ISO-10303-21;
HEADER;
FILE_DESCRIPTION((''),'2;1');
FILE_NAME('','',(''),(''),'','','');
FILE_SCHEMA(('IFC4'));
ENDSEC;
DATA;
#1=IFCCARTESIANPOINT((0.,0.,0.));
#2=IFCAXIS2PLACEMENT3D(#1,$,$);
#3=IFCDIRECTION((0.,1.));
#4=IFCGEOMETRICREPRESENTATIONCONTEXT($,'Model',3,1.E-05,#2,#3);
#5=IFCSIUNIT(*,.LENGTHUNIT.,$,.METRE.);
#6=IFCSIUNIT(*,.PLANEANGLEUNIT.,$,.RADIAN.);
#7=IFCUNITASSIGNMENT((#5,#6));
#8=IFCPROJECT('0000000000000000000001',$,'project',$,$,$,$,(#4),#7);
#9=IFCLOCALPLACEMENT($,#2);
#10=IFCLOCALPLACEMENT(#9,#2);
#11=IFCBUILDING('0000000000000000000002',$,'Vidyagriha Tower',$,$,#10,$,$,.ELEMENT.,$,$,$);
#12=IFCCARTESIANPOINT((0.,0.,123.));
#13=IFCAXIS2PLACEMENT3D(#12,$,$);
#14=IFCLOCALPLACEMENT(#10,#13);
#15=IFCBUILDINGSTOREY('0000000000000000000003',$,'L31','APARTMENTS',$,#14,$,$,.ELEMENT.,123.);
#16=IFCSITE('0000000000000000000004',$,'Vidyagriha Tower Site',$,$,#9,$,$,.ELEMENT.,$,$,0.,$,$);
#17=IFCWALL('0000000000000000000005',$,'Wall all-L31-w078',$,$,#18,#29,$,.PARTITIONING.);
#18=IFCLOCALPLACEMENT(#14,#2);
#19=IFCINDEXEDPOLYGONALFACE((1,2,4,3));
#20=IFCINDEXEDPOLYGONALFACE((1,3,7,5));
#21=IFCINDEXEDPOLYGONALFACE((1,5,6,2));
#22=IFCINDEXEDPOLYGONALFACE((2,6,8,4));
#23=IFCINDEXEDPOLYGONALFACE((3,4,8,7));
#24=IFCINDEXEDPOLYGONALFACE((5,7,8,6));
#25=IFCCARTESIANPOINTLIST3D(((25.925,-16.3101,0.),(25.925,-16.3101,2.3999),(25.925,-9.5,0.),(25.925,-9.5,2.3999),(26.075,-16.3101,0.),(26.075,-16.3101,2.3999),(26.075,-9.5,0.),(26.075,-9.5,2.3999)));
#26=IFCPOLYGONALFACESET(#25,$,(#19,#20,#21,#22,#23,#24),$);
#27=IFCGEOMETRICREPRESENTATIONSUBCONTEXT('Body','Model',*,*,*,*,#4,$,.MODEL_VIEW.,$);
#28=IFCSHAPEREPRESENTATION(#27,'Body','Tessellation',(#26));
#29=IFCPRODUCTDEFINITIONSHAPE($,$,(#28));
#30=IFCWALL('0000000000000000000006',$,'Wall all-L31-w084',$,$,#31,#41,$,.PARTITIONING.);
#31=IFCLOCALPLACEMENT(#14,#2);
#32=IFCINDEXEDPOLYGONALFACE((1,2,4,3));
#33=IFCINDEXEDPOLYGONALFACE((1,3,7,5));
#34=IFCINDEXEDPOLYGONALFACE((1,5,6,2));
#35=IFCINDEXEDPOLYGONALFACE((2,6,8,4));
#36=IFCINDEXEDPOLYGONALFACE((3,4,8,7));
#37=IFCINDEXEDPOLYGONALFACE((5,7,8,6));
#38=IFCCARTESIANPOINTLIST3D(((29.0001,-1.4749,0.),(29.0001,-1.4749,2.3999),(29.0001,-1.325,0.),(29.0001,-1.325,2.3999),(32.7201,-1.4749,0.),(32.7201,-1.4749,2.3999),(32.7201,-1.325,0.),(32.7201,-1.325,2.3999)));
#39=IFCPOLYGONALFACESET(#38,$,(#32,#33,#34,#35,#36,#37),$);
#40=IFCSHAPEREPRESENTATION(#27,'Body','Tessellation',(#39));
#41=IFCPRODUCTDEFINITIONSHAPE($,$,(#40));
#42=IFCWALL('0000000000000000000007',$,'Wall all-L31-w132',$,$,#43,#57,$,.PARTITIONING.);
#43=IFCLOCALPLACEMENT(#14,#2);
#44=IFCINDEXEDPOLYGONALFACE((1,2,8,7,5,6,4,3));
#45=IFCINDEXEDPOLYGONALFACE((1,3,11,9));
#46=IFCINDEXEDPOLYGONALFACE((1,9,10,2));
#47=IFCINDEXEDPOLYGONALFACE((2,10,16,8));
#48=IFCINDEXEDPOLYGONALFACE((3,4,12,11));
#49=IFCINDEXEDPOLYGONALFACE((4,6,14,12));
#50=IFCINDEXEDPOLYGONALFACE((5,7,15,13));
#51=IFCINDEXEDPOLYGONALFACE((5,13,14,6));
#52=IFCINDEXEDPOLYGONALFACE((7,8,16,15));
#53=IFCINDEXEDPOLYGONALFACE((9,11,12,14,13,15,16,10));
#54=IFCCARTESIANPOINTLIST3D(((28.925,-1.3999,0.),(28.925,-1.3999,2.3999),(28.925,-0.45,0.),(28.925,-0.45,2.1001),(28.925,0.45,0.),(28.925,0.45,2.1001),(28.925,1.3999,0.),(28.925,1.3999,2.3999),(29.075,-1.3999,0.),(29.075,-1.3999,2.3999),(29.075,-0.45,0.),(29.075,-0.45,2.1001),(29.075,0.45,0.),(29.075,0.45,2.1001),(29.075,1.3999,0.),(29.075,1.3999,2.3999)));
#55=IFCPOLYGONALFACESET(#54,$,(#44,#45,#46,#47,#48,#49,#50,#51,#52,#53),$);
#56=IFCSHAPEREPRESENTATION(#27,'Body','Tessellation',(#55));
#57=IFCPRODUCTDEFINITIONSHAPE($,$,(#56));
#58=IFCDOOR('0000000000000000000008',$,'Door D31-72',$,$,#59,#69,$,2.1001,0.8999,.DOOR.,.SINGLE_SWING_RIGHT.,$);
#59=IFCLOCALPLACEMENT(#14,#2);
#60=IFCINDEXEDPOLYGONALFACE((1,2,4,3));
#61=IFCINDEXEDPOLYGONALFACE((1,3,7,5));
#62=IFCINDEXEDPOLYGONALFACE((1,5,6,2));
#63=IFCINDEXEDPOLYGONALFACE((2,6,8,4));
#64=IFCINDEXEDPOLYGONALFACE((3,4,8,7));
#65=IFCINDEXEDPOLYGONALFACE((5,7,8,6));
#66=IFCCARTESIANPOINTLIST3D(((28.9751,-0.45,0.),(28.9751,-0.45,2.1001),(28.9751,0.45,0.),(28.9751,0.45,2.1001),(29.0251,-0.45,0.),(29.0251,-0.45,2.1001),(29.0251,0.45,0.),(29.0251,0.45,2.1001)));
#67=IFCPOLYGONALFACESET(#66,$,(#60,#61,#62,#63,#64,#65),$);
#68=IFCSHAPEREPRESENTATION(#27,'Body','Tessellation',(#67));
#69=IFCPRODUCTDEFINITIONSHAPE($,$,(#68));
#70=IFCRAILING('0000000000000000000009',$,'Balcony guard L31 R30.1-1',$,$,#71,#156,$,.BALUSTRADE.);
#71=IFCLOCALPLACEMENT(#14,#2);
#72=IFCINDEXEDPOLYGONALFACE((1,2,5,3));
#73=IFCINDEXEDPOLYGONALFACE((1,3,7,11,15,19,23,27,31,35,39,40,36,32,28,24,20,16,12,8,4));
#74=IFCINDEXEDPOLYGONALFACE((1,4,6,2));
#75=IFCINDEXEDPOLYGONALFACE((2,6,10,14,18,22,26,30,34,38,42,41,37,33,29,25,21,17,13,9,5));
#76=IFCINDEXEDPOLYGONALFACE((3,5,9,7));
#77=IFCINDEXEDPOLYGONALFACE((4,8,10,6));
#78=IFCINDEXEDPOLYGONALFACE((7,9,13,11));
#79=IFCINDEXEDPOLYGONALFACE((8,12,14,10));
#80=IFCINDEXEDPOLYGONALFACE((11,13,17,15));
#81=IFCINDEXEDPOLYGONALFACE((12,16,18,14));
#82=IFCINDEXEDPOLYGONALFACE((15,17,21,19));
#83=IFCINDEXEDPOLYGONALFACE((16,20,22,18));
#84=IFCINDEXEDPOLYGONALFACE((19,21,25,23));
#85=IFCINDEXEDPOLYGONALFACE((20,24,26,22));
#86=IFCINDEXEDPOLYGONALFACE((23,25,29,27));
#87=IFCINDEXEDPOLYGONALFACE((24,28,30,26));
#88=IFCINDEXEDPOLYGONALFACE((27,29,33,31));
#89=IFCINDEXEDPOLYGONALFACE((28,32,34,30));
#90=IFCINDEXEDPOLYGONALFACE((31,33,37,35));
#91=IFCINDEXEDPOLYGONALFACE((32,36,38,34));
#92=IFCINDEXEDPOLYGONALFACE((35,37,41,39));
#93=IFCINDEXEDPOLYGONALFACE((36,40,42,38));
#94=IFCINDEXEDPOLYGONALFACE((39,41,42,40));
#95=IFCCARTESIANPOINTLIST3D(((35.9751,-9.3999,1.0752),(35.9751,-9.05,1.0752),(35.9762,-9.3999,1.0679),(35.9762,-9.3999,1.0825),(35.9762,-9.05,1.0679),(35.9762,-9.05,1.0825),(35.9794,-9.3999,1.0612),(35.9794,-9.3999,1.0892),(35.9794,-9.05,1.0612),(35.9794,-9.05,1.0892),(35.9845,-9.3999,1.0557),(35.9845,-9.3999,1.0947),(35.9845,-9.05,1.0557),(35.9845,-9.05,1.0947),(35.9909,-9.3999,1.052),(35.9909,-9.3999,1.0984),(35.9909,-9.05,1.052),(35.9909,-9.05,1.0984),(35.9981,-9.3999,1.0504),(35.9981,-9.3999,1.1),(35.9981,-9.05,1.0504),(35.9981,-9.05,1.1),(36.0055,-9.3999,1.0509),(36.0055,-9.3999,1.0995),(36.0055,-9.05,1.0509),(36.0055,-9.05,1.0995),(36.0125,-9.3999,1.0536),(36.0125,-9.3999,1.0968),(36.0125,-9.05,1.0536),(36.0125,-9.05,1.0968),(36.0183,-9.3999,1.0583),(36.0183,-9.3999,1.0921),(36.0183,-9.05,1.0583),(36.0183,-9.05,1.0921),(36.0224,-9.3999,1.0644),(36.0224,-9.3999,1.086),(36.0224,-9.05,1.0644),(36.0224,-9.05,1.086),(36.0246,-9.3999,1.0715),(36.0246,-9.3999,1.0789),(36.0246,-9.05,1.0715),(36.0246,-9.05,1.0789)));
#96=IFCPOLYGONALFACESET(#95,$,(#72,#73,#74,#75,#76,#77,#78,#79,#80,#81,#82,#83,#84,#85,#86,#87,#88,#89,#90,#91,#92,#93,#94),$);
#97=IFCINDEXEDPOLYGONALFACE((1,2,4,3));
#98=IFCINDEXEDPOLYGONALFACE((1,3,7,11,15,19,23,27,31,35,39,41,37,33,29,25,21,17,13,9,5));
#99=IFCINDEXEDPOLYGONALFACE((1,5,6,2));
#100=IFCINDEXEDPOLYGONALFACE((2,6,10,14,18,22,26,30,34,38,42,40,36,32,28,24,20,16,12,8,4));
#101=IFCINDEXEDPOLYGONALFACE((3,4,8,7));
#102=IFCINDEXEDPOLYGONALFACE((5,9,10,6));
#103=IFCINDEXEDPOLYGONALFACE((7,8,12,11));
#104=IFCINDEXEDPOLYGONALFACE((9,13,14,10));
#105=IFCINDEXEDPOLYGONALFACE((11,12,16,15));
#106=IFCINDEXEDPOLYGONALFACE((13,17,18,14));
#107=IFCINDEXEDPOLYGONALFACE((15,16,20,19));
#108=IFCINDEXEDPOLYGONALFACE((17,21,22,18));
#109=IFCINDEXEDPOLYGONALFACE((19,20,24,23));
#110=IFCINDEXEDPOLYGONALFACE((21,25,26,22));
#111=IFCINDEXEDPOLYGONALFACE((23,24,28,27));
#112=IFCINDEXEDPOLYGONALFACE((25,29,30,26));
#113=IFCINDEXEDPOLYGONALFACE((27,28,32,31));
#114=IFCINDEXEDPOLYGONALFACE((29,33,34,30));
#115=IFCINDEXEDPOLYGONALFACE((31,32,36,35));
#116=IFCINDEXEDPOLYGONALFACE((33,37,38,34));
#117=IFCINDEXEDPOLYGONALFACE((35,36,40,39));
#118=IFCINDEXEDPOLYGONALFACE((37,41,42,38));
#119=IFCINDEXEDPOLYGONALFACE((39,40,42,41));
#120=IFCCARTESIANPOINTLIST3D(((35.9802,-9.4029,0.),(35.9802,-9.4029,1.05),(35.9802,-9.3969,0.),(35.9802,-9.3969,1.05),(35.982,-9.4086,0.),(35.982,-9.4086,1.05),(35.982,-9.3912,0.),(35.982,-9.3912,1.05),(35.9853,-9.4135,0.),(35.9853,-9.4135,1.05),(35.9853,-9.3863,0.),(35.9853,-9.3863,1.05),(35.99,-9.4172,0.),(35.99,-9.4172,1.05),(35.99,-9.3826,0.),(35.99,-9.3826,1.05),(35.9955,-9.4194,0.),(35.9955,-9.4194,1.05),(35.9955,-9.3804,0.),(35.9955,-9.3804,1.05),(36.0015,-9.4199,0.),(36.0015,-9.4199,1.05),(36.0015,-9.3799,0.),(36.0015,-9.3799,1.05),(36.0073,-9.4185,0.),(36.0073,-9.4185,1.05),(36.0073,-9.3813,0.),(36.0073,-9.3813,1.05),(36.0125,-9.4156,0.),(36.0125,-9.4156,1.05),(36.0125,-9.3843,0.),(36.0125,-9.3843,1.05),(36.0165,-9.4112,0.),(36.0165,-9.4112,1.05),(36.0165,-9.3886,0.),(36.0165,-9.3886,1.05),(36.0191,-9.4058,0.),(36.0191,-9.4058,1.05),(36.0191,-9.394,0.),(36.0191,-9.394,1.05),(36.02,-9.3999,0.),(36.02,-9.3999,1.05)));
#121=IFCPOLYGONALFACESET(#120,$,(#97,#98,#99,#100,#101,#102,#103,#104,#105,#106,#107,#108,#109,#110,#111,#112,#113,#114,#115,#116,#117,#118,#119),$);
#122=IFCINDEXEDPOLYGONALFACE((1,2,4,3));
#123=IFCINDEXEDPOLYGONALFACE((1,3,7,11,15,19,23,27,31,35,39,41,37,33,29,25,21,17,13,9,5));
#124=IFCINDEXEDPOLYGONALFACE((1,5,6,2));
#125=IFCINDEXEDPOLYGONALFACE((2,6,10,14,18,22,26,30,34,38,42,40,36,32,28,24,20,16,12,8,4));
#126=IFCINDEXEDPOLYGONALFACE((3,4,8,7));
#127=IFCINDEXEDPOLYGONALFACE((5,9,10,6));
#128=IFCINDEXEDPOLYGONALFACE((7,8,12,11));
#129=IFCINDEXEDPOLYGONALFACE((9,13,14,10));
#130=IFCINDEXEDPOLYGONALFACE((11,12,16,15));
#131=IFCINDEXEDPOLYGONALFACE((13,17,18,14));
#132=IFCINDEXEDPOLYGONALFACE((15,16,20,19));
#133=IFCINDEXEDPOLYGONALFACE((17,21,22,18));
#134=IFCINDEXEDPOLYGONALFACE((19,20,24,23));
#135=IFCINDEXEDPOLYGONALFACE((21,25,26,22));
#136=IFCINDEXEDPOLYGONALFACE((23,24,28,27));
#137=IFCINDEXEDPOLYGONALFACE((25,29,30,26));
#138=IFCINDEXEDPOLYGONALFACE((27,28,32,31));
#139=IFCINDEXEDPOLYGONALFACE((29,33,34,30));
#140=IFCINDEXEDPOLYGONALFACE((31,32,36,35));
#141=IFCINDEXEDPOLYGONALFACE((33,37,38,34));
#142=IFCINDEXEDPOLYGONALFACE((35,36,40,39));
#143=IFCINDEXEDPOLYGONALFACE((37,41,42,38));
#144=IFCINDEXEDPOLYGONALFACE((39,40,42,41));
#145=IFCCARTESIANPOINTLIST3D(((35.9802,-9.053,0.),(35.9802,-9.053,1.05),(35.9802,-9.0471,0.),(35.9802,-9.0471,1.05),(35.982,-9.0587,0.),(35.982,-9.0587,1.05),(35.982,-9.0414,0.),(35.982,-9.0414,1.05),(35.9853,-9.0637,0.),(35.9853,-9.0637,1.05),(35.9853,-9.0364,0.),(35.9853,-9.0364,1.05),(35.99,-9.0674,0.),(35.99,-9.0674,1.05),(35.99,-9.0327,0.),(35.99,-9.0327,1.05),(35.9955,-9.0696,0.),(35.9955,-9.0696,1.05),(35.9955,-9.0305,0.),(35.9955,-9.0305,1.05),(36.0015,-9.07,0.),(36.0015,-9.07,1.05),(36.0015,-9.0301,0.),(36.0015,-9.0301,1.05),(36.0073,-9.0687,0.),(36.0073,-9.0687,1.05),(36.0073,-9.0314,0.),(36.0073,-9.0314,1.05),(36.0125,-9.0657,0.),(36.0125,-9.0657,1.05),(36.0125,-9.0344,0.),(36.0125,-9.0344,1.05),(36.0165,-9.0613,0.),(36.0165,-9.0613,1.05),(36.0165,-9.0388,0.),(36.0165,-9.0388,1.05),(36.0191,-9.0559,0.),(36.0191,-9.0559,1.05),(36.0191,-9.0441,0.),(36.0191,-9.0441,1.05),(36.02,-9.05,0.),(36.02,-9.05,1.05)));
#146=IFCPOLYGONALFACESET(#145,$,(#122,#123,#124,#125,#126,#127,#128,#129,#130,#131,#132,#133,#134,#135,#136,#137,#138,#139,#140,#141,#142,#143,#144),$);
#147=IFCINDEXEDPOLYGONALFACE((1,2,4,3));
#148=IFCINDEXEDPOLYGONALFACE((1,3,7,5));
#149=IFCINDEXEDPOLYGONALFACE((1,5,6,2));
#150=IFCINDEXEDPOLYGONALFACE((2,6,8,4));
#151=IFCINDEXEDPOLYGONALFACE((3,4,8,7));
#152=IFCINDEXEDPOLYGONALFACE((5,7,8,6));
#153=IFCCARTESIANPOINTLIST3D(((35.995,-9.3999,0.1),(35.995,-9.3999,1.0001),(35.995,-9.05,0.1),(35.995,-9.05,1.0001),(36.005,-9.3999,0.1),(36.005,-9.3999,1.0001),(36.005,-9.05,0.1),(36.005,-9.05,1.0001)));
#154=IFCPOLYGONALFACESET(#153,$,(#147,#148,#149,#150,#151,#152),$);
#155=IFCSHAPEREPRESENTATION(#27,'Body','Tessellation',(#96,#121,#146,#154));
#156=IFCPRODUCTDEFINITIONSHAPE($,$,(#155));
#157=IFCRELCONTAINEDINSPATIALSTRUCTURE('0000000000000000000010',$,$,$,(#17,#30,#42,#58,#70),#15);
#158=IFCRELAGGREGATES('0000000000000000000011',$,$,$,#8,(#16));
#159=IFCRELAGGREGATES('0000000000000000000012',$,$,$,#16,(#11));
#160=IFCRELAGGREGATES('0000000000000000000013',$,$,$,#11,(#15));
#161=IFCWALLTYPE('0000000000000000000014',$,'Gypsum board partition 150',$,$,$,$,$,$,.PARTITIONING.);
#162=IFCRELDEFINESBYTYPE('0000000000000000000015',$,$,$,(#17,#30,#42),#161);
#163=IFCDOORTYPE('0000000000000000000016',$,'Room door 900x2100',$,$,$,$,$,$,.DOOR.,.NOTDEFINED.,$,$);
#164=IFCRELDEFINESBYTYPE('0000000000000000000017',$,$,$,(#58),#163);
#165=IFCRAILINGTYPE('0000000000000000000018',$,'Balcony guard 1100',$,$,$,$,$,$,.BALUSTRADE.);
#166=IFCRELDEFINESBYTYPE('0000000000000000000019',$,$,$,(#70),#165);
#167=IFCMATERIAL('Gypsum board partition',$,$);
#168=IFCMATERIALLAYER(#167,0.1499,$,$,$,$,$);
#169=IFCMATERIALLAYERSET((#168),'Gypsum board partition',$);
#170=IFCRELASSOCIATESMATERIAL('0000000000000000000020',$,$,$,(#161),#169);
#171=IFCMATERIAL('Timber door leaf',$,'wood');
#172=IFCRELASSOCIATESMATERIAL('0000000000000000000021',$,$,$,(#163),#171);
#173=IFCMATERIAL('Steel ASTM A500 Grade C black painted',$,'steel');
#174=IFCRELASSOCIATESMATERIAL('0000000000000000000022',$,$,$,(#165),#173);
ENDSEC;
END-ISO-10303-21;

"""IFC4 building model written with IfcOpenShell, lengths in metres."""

from ifc_helpers import new_model, si_unit, direction, frame, frame_2d, origin, origin_2d, place, context, subcontext, project, spatial, rectangle, circle, extrude, material, layer, layer_set, type_object, element, fill, save


model = new_model("IFC4")

# Units and contexts
model_context = context("Model", 3, precision=1e-05, world=origin(), true_north=direction((0.0, 1.0)))
body_context = subcontext(model_context, "Body", "Model", "MODEL_VIEW")
ifc_project = project(units=[si_unit("LENGTHUNIT", "METRE"), si_unit("PLANEANGLEUNIT", "RADIAN")], contexts=[model_context])

# Site, building, storey
site_placement = place(None, origin())
site = spatial("IfcSite", under=ifc_project, at=site_placement, Name="Vidyagriha Tower Site", CompositionType="ELEMENT", RefElevation=0.0)
building_placement = place(site_placement, origin())
building = spatial("IfcBuilding", under=site, at=building_placement, Name="Vidyagriha Tower", CompositionType="ELEMENT")
storey_placement = place(building_placement, frame((0.0, 0.0, 123.0)))
storey = spatial("IfcBuildingStorey", under=building, at=storey_placement, Name="L31", Description="APARTMENTS", CompositionType="ELEMENT", Elevation=123.0)

# Shared definitions
ifc_material_1 = material(Name="Gypsum board partition")
ifc_layer_1 = layer(ifc_material_1, 0.1499)
ifc_layer_set_1 = layer_set([ifc_layer_1], Name="Gypsum board partition")
wall_type_1 = type_object("IfcWallType", Name="Gypsum board partition 150", PredefinedType="PARTITIONING", material=ifc_layer_set_1)

# Shared definitions
ifc_material_2 = material(Name="Timber door leaf", Category="wood")
door_type_1 = type_object("IfcDoorType", Name="Room door 900x2100", OperationType="NOTDEFINED", PredefinedType="DOOR", material=ifc_material_2)

# Walls
wall_1_placement = place(storey_placement, frame((26.0, -9.5, 0.0), z_axis=(0.0, 0.0, 1.0), x_axis=(0.0, -1.0, 0.0)))
element("IfcWall", 1, at=wall_1_placement, inside=storey, type_object=wall_type_1, Name="Wall all-L31-w078", PredefinedType="PARTITIONING", context=body_context, shape_type="SweptSolid", body=[
    extrude(rectangle(XDim=6.8101, YDim=0.1499, at=frame_2d((3.405, 0.0))), origin(), (0.0, 0.0, 1.0), 2.3999),
])
wall_2_placement = place(storey_placement, frame((32.72, -1.3999, 0.0), z_axis=(0.0, 0.0, 1.0), x_axis=(-1.0, 0.0, 0.0)))
element("IfcWall", 2, at=wall_2_placement, inside=storey, type_object=wall_type_1, Name="Wall all-L31-w084", PredefinedType="PARTITIONING", context=body_context, shape_type="SweptSolid", body=[
    extrude(rectangle(XDim=3.72, YDim=0.1499, at=frame_2d((1.8599, 0.0))), origin(), (0.0, 0.0, 1.0), 2.3999),
])

# Wall, opening, door
wall_3_placement = place(storey_placement, frame((29.0, -1.3999, 0.0), z_axis=(0.0, 0.0, 1.0), x_axis=(0.0, 1.0, 0.0)))
wall_3 = element("IfcWall", 3, at=wall_3_placement, inside=storey, type_object=wall_type_1, Name="Wall all-L31-w132", PredefinedType="PARTITIONING", context=body_context, shape_type="SweptSolid", body=[
    extrude(rectangle(XDim=2.7998, YDim=0.1499, at=frame_2d((1.3999, 0.0))), origin(), (0.0, 0.0, 1.0), 2.3999),
])
opening_1_placement = place(wall_3_placement, frame((0.95, 0.0, 0.0)))
opening_1 = element("IfcOpeningElement", 4, at=opening_1_placement, cuts=wall_3, PredefinedType="OPENING", context=body_context, shape_type="SweptSolid", body=[
    extrude(rectangle(XDim=0.8999, YDim=2.1001, at=frame_2d((0.45, 1.05))), frame((0.0, 0.085, 0.0), z_axis=(0.0, -1.0, 0.0), x_axis=(1.0, 0.0, 0.0)), (0.0, 0.0, 1.0), 0.1699),
])
door_1_placement = place(opening_1_placement, origin())
door_1 = element("IfcDoor", 5, at=door_1_placement, inside=storey, type_object=door_type_1, Name="Door D31-72", OperationType="SINGLE_SWING_RIGHT", OverallHeight=2.1001, OverallWidth=0.8999, PredefinedType="DOOR", context=body_context, shape_type="SweptSolid", body=[
    extrude(rectangle(XDim=0.8999, YDim=2.1001, at=frame_2d((0.45, 1.05))), frame((0.0, 0.0249, 0.0), z_axis=(0.0, -1.0, 0.0), x_axis=(1.0, 0.0, 0.0)), (0.0, 0.0, 1.0), 0.05),
])
fill(opening_1, door_1)

# Railing
ifc_material_3 = material(Name="Steel ASTM A500 Grade C black painted", Category="steel")
railing_type = type_object("IfcRailingType", Name="Balcony guard 1100", PredefinedType="BALUSTRADE", material=ifc_material_3)
railing_1_placement = place(storey_placement, frame((36.0, -9.3999, 0.0)))
element("IfcRailing", 6, at=railing_1_placement, inside=storey, type_object=railing_type, Name="Balcony guard L31 R30.1-1", PredefinedType="BALUSTRADE", context=body_context, shape_type="SweptSolid", body=[
    extrude(circle(Radius=0.0249, at=origin_2d()), frame((0.0, 0.0, 1.0752), z_axis=(0.0, 1.0, 0.0), x_axis=(-1.0, 0.0, 0.0)), (0.0, 0.0, 1.0), 0.3499),
    extrude(circle(Radius=0.02, at=origin_2d()), origin(), (0.0, 0.0, 1.0), 1.05),
    extrude(circle(Radius=0.02, at=origin_2d()), frame((0.0, 0.3499, 0.0)), (0.0, 0.0, 1.0), 1.05),
    extrude(rectangle(XDim=0.01, YDim=0.9001, at=origin_2d()), frame((0.0, 0.0, 0.55), z_axis=(0.0, 1.0, 0.0), x_axis=(-1.0, 0.0, 0.0)), (0.0, 0.0, 1.0), 0.3499),
])

save(model, "model.ifc")
